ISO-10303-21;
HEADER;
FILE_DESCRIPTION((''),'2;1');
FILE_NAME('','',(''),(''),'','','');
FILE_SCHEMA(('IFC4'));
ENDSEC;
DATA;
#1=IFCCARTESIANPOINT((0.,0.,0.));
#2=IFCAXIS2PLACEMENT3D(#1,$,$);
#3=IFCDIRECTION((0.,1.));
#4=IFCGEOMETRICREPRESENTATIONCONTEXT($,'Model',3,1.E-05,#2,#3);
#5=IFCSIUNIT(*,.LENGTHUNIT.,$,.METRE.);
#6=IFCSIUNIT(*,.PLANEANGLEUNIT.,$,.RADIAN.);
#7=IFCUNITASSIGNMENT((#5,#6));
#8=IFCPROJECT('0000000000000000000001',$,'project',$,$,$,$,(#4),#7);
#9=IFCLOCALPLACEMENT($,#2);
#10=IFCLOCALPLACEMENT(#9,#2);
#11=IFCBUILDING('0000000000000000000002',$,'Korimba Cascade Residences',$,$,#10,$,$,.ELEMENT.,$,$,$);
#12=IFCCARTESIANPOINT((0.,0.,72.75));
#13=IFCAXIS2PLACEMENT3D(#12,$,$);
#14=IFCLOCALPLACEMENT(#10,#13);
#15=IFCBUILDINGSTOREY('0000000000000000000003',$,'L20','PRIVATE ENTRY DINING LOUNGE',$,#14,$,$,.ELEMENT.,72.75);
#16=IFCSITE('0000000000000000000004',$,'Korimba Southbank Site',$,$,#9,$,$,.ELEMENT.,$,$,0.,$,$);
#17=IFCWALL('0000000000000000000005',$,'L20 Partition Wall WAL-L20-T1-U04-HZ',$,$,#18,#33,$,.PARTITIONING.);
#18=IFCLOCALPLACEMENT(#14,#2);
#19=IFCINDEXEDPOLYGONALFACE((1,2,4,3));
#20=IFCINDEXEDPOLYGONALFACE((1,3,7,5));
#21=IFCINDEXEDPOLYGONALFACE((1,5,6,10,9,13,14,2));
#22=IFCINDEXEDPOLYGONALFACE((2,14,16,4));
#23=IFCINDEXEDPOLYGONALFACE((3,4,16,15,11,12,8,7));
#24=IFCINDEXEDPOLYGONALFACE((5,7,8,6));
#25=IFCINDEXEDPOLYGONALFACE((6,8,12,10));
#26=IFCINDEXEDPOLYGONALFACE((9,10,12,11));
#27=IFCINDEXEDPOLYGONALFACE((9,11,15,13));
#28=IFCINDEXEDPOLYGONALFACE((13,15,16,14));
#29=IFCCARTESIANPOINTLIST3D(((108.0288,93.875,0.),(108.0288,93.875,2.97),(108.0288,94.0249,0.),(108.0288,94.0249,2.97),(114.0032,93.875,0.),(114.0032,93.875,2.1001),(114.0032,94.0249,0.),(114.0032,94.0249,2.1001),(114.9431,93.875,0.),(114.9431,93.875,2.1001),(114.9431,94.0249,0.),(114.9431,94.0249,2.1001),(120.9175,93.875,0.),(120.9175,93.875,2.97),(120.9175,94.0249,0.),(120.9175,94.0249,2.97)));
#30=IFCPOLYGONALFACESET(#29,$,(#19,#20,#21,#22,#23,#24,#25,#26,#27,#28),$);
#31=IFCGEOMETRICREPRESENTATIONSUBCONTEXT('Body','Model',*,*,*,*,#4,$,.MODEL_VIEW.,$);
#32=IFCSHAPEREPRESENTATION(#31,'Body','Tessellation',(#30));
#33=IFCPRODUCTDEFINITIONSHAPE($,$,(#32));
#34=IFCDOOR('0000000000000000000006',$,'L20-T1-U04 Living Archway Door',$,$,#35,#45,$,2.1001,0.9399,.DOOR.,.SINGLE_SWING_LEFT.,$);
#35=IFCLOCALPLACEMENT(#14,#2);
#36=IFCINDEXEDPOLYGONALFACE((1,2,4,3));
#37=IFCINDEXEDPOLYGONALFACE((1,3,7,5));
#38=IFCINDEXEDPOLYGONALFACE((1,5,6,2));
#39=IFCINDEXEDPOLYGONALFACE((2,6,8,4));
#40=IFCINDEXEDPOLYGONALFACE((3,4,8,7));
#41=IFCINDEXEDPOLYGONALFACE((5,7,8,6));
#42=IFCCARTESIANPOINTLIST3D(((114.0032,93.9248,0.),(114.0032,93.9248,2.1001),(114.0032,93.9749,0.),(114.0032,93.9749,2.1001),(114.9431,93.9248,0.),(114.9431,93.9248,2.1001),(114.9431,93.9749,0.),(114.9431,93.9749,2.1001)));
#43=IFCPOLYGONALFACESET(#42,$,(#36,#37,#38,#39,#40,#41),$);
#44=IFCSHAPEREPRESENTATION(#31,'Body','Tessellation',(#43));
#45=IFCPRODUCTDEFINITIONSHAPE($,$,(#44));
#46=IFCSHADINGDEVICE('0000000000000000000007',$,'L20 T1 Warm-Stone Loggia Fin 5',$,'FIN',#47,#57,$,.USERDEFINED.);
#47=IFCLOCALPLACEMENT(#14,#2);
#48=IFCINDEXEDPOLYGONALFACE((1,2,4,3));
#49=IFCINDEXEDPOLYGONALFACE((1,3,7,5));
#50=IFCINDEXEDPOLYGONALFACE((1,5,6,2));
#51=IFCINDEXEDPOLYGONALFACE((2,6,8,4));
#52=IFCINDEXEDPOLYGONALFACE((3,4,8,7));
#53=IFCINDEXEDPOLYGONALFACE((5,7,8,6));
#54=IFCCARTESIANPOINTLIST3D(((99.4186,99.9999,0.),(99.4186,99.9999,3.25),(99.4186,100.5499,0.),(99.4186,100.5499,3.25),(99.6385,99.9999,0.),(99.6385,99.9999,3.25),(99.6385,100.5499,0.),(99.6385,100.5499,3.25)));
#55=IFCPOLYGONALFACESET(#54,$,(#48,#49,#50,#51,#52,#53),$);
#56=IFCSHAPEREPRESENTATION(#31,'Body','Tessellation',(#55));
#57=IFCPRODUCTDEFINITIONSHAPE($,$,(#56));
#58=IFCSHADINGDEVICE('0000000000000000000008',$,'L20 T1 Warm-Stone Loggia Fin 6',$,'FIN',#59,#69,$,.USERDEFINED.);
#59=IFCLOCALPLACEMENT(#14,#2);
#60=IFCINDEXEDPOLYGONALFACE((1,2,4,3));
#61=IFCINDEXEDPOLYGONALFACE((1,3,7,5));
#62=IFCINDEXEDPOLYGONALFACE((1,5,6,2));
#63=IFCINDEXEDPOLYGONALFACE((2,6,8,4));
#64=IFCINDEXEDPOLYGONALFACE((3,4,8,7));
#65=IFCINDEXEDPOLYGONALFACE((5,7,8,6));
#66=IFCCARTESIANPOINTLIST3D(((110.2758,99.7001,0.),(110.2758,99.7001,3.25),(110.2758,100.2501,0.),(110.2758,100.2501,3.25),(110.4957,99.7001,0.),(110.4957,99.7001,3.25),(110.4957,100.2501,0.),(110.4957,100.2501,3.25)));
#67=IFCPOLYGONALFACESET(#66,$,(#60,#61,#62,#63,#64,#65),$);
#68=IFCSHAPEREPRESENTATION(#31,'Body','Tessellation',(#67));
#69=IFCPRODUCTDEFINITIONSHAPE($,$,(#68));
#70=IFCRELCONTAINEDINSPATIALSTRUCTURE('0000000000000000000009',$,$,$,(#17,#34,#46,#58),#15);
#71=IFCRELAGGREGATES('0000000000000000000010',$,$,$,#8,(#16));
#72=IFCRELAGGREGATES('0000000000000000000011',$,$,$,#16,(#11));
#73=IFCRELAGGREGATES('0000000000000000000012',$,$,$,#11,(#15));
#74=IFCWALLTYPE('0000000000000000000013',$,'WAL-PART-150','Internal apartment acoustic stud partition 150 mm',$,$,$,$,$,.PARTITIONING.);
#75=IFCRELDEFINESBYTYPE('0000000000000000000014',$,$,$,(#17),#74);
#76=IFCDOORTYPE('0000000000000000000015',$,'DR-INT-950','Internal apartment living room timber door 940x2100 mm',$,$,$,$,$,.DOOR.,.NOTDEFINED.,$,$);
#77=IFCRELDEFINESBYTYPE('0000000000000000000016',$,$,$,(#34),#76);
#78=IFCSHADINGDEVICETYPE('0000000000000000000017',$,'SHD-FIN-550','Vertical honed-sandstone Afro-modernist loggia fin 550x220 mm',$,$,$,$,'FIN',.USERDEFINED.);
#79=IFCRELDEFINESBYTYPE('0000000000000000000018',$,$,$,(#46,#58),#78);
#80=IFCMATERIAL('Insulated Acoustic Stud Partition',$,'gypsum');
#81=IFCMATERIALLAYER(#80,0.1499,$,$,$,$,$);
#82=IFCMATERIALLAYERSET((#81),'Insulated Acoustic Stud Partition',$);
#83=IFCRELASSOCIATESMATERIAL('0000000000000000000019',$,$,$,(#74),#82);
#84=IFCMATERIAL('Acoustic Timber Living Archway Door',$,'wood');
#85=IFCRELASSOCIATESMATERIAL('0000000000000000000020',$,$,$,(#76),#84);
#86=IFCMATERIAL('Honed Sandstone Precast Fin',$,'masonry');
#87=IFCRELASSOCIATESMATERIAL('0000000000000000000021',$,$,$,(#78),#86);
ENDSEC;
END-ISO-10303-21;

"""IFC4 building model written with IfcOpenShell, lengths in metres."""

from ifc_helpers import new_model, si_unit, direction, frame, frame_2d, origin, origin_2d, place, context, subcontext, project, spatial, rectangle, extrude, material, layer, layer_set, type_object, element, fill, save


model = new_model("IFC4")

# Units and contexts
model_context = context("Model", 3, precision=1e-05, world=origin(), true_north=direction((0.0, 1.0)))
body_context = subcontext(model_context, "Body", "Model", "MODEL_VIEW")
ifc_project = project(units=[si_unit("LENGTHUNIT", "METRE"), si_unit("PLANEANGLEUNIT", "RADIAN")], contexts=[model_context])

# Site, building, storey
site_placement = place(None, origin())
site = spatial("IfcSite", under=ifc_project, at=site_placement, Name="Korimba Southbank Site", CompositionType="ELEMENT", RefElevation=0.0)
building_placement = place(site_placement, origin())
building = spatial("IfcBuilding", under=site, at=building_placement, Name="Korimba Cascade Residences", CompositionType="ELEMENT")
storey_placement = place(building_placement, frame((0.0, 0.0, 72.75)))
storey = spatial("IfcBuildingStorey", under=building, at=storey_placement, Name="L20", Description="PRIVATE ENTRY DINING LOUNGE", CompositionType="ELEMENT", Elevation=72.75)

# Shared definitions
ifc_material_1 = material(Name="Insulated Acoustic Stud Partition", Category="gypsum")
ifc_layer = layer(ifc_material_1, 0.1499)
ifc_layer_set = layer_set([ifc_layer], Name="Insulated Acoustic Stud Partition")
wall_type = type_object("IfcWallType", Name="WAL-PART-150", Description="Internal apartment acoustic stud partition 150 mm", PredefinedType="PARTITIONING", material=ifc_layer_set)

# Wall, opening, door
wall_1_placement = place(storey_placement, frame((108.0288, 93.95, 0.0), z_axis=(0.0, 0.0, 1.0), x_axis=(1.0, 0.0, 0.0)))
wall_1 = element("IfcWall", 1, at=wall_1_placement, inside=storey, type_object=wall_type, Name="L20 Partition Wall WAL-L20-T1-U04-HZ", PredefinedType="PARTITIONING", context=body_context, shape_type="SweptSolid", body=[
    extrude(rectangle(XDim=12.8887, YDim=0.1499, at=frame_2d((6.4443, 0.0))), origin(), (0.0, 0.0, 1.0), 2.97),
])
opening_1_placement = place(wall_1_placement, frame((5.9744, 0.0, 0.0)))
opening_1 = element("IfcOpeningElement", 2, at=opening_1_placement, cuts=wall_1, PredefinedType="OPENING", context=body_context, shape_type="SweptSolid", body=[
    extrude(rectangle(XDim=0.9399, YDim=2.1001, at=frame_2d((0.47, 1.05))), frame((0.0, 0.085, 0.0), z_axis=(0.0, -1.0, 0.0), x_axis=(1.0, 0.0, 0.0)), (0.0, 0.0, 1.0), 0.1699),
])
ifc_material_2 = material(Name="Acoustic Timber Living Archway Door", Category="wood")
door_type_1 = type_object("IfcDoorType", Name="DR-INT-950", Description="Internal apartment living room timber door 940x2100 mm", OperationType="NOTDEFINED", PredefinedType="DOOR", material=ifc_material_2)
door_1_placement = place(opening_1_placement, origin())
door_1 = element("IfcDoor", 3, at=door_1_placement, inside=storey, type_object=door_type_1, Name="L20-T1-U04 Living Archway Door", OperationType="SINGLE_SWING_LEFT", OverallHeight=2.1001, OverallWidth=0.9399, PredefinedType="DOOR", context=body_context, shape_type="SweptSolid", body=[
    extrude(rectangle(XDim=0.9399, YDim=2.1001, at=frame_2d((0.47, 1.05))), frame((0.0, 0.0249, 0.0), z_axis=(0.0, -1.0, 0.0), x_axis=(1.0, 0.0, 0.0)), (0.0, 0.0, 1.0), 0.05),
])
fill(opening_1, door_1)

# Shading devices
ifc_material_3 = material(Name="Honed Sandstone Precast Fin", Category="masonry")
shading_device_type = type_object("IfcShadingDeviceType", Name="SHD-FIN-550", Description="Vertical honed-sandstone Afro-modernist loggia fin 550x220 mm", ElementType="FIN", PredefinedType="USERDEFINED", material=ifc_material_3)
for number, where, z_axis, x_axis, name in (
    (4, (99.5286, 100.2749, 0.0), (0.0, 0.0, 1.0), (1.0, 0.0, 0.0), "L20 T1 Warm-Stone Loggia Fin 5"),
    (5, (110.3857, 99.9751, 0.0), (0.0, 0.0, 1.0), (1.0, 0.0, 0.0), "L20 T1 Warm-Stone Loggia Fin 6"),
):
    element("IfcShadingDevice", number, at=place(storey_placement, frame(where, z_axis=z_axis, x_axis=x_axis)), inside=storey, type_object=shading_device_type, Name=name, ObjectType="FIN", PredefinedType="USERDEFINED", context=body_context, shape_type="SweptSolid", body=[
        extrude(rectangle(XDim=0.22, YDim=0.55, at=origin_2d()), origin(), (0.0, 0.0, 1.0), 3.25),
    ])

save(model, "model.ifc")
